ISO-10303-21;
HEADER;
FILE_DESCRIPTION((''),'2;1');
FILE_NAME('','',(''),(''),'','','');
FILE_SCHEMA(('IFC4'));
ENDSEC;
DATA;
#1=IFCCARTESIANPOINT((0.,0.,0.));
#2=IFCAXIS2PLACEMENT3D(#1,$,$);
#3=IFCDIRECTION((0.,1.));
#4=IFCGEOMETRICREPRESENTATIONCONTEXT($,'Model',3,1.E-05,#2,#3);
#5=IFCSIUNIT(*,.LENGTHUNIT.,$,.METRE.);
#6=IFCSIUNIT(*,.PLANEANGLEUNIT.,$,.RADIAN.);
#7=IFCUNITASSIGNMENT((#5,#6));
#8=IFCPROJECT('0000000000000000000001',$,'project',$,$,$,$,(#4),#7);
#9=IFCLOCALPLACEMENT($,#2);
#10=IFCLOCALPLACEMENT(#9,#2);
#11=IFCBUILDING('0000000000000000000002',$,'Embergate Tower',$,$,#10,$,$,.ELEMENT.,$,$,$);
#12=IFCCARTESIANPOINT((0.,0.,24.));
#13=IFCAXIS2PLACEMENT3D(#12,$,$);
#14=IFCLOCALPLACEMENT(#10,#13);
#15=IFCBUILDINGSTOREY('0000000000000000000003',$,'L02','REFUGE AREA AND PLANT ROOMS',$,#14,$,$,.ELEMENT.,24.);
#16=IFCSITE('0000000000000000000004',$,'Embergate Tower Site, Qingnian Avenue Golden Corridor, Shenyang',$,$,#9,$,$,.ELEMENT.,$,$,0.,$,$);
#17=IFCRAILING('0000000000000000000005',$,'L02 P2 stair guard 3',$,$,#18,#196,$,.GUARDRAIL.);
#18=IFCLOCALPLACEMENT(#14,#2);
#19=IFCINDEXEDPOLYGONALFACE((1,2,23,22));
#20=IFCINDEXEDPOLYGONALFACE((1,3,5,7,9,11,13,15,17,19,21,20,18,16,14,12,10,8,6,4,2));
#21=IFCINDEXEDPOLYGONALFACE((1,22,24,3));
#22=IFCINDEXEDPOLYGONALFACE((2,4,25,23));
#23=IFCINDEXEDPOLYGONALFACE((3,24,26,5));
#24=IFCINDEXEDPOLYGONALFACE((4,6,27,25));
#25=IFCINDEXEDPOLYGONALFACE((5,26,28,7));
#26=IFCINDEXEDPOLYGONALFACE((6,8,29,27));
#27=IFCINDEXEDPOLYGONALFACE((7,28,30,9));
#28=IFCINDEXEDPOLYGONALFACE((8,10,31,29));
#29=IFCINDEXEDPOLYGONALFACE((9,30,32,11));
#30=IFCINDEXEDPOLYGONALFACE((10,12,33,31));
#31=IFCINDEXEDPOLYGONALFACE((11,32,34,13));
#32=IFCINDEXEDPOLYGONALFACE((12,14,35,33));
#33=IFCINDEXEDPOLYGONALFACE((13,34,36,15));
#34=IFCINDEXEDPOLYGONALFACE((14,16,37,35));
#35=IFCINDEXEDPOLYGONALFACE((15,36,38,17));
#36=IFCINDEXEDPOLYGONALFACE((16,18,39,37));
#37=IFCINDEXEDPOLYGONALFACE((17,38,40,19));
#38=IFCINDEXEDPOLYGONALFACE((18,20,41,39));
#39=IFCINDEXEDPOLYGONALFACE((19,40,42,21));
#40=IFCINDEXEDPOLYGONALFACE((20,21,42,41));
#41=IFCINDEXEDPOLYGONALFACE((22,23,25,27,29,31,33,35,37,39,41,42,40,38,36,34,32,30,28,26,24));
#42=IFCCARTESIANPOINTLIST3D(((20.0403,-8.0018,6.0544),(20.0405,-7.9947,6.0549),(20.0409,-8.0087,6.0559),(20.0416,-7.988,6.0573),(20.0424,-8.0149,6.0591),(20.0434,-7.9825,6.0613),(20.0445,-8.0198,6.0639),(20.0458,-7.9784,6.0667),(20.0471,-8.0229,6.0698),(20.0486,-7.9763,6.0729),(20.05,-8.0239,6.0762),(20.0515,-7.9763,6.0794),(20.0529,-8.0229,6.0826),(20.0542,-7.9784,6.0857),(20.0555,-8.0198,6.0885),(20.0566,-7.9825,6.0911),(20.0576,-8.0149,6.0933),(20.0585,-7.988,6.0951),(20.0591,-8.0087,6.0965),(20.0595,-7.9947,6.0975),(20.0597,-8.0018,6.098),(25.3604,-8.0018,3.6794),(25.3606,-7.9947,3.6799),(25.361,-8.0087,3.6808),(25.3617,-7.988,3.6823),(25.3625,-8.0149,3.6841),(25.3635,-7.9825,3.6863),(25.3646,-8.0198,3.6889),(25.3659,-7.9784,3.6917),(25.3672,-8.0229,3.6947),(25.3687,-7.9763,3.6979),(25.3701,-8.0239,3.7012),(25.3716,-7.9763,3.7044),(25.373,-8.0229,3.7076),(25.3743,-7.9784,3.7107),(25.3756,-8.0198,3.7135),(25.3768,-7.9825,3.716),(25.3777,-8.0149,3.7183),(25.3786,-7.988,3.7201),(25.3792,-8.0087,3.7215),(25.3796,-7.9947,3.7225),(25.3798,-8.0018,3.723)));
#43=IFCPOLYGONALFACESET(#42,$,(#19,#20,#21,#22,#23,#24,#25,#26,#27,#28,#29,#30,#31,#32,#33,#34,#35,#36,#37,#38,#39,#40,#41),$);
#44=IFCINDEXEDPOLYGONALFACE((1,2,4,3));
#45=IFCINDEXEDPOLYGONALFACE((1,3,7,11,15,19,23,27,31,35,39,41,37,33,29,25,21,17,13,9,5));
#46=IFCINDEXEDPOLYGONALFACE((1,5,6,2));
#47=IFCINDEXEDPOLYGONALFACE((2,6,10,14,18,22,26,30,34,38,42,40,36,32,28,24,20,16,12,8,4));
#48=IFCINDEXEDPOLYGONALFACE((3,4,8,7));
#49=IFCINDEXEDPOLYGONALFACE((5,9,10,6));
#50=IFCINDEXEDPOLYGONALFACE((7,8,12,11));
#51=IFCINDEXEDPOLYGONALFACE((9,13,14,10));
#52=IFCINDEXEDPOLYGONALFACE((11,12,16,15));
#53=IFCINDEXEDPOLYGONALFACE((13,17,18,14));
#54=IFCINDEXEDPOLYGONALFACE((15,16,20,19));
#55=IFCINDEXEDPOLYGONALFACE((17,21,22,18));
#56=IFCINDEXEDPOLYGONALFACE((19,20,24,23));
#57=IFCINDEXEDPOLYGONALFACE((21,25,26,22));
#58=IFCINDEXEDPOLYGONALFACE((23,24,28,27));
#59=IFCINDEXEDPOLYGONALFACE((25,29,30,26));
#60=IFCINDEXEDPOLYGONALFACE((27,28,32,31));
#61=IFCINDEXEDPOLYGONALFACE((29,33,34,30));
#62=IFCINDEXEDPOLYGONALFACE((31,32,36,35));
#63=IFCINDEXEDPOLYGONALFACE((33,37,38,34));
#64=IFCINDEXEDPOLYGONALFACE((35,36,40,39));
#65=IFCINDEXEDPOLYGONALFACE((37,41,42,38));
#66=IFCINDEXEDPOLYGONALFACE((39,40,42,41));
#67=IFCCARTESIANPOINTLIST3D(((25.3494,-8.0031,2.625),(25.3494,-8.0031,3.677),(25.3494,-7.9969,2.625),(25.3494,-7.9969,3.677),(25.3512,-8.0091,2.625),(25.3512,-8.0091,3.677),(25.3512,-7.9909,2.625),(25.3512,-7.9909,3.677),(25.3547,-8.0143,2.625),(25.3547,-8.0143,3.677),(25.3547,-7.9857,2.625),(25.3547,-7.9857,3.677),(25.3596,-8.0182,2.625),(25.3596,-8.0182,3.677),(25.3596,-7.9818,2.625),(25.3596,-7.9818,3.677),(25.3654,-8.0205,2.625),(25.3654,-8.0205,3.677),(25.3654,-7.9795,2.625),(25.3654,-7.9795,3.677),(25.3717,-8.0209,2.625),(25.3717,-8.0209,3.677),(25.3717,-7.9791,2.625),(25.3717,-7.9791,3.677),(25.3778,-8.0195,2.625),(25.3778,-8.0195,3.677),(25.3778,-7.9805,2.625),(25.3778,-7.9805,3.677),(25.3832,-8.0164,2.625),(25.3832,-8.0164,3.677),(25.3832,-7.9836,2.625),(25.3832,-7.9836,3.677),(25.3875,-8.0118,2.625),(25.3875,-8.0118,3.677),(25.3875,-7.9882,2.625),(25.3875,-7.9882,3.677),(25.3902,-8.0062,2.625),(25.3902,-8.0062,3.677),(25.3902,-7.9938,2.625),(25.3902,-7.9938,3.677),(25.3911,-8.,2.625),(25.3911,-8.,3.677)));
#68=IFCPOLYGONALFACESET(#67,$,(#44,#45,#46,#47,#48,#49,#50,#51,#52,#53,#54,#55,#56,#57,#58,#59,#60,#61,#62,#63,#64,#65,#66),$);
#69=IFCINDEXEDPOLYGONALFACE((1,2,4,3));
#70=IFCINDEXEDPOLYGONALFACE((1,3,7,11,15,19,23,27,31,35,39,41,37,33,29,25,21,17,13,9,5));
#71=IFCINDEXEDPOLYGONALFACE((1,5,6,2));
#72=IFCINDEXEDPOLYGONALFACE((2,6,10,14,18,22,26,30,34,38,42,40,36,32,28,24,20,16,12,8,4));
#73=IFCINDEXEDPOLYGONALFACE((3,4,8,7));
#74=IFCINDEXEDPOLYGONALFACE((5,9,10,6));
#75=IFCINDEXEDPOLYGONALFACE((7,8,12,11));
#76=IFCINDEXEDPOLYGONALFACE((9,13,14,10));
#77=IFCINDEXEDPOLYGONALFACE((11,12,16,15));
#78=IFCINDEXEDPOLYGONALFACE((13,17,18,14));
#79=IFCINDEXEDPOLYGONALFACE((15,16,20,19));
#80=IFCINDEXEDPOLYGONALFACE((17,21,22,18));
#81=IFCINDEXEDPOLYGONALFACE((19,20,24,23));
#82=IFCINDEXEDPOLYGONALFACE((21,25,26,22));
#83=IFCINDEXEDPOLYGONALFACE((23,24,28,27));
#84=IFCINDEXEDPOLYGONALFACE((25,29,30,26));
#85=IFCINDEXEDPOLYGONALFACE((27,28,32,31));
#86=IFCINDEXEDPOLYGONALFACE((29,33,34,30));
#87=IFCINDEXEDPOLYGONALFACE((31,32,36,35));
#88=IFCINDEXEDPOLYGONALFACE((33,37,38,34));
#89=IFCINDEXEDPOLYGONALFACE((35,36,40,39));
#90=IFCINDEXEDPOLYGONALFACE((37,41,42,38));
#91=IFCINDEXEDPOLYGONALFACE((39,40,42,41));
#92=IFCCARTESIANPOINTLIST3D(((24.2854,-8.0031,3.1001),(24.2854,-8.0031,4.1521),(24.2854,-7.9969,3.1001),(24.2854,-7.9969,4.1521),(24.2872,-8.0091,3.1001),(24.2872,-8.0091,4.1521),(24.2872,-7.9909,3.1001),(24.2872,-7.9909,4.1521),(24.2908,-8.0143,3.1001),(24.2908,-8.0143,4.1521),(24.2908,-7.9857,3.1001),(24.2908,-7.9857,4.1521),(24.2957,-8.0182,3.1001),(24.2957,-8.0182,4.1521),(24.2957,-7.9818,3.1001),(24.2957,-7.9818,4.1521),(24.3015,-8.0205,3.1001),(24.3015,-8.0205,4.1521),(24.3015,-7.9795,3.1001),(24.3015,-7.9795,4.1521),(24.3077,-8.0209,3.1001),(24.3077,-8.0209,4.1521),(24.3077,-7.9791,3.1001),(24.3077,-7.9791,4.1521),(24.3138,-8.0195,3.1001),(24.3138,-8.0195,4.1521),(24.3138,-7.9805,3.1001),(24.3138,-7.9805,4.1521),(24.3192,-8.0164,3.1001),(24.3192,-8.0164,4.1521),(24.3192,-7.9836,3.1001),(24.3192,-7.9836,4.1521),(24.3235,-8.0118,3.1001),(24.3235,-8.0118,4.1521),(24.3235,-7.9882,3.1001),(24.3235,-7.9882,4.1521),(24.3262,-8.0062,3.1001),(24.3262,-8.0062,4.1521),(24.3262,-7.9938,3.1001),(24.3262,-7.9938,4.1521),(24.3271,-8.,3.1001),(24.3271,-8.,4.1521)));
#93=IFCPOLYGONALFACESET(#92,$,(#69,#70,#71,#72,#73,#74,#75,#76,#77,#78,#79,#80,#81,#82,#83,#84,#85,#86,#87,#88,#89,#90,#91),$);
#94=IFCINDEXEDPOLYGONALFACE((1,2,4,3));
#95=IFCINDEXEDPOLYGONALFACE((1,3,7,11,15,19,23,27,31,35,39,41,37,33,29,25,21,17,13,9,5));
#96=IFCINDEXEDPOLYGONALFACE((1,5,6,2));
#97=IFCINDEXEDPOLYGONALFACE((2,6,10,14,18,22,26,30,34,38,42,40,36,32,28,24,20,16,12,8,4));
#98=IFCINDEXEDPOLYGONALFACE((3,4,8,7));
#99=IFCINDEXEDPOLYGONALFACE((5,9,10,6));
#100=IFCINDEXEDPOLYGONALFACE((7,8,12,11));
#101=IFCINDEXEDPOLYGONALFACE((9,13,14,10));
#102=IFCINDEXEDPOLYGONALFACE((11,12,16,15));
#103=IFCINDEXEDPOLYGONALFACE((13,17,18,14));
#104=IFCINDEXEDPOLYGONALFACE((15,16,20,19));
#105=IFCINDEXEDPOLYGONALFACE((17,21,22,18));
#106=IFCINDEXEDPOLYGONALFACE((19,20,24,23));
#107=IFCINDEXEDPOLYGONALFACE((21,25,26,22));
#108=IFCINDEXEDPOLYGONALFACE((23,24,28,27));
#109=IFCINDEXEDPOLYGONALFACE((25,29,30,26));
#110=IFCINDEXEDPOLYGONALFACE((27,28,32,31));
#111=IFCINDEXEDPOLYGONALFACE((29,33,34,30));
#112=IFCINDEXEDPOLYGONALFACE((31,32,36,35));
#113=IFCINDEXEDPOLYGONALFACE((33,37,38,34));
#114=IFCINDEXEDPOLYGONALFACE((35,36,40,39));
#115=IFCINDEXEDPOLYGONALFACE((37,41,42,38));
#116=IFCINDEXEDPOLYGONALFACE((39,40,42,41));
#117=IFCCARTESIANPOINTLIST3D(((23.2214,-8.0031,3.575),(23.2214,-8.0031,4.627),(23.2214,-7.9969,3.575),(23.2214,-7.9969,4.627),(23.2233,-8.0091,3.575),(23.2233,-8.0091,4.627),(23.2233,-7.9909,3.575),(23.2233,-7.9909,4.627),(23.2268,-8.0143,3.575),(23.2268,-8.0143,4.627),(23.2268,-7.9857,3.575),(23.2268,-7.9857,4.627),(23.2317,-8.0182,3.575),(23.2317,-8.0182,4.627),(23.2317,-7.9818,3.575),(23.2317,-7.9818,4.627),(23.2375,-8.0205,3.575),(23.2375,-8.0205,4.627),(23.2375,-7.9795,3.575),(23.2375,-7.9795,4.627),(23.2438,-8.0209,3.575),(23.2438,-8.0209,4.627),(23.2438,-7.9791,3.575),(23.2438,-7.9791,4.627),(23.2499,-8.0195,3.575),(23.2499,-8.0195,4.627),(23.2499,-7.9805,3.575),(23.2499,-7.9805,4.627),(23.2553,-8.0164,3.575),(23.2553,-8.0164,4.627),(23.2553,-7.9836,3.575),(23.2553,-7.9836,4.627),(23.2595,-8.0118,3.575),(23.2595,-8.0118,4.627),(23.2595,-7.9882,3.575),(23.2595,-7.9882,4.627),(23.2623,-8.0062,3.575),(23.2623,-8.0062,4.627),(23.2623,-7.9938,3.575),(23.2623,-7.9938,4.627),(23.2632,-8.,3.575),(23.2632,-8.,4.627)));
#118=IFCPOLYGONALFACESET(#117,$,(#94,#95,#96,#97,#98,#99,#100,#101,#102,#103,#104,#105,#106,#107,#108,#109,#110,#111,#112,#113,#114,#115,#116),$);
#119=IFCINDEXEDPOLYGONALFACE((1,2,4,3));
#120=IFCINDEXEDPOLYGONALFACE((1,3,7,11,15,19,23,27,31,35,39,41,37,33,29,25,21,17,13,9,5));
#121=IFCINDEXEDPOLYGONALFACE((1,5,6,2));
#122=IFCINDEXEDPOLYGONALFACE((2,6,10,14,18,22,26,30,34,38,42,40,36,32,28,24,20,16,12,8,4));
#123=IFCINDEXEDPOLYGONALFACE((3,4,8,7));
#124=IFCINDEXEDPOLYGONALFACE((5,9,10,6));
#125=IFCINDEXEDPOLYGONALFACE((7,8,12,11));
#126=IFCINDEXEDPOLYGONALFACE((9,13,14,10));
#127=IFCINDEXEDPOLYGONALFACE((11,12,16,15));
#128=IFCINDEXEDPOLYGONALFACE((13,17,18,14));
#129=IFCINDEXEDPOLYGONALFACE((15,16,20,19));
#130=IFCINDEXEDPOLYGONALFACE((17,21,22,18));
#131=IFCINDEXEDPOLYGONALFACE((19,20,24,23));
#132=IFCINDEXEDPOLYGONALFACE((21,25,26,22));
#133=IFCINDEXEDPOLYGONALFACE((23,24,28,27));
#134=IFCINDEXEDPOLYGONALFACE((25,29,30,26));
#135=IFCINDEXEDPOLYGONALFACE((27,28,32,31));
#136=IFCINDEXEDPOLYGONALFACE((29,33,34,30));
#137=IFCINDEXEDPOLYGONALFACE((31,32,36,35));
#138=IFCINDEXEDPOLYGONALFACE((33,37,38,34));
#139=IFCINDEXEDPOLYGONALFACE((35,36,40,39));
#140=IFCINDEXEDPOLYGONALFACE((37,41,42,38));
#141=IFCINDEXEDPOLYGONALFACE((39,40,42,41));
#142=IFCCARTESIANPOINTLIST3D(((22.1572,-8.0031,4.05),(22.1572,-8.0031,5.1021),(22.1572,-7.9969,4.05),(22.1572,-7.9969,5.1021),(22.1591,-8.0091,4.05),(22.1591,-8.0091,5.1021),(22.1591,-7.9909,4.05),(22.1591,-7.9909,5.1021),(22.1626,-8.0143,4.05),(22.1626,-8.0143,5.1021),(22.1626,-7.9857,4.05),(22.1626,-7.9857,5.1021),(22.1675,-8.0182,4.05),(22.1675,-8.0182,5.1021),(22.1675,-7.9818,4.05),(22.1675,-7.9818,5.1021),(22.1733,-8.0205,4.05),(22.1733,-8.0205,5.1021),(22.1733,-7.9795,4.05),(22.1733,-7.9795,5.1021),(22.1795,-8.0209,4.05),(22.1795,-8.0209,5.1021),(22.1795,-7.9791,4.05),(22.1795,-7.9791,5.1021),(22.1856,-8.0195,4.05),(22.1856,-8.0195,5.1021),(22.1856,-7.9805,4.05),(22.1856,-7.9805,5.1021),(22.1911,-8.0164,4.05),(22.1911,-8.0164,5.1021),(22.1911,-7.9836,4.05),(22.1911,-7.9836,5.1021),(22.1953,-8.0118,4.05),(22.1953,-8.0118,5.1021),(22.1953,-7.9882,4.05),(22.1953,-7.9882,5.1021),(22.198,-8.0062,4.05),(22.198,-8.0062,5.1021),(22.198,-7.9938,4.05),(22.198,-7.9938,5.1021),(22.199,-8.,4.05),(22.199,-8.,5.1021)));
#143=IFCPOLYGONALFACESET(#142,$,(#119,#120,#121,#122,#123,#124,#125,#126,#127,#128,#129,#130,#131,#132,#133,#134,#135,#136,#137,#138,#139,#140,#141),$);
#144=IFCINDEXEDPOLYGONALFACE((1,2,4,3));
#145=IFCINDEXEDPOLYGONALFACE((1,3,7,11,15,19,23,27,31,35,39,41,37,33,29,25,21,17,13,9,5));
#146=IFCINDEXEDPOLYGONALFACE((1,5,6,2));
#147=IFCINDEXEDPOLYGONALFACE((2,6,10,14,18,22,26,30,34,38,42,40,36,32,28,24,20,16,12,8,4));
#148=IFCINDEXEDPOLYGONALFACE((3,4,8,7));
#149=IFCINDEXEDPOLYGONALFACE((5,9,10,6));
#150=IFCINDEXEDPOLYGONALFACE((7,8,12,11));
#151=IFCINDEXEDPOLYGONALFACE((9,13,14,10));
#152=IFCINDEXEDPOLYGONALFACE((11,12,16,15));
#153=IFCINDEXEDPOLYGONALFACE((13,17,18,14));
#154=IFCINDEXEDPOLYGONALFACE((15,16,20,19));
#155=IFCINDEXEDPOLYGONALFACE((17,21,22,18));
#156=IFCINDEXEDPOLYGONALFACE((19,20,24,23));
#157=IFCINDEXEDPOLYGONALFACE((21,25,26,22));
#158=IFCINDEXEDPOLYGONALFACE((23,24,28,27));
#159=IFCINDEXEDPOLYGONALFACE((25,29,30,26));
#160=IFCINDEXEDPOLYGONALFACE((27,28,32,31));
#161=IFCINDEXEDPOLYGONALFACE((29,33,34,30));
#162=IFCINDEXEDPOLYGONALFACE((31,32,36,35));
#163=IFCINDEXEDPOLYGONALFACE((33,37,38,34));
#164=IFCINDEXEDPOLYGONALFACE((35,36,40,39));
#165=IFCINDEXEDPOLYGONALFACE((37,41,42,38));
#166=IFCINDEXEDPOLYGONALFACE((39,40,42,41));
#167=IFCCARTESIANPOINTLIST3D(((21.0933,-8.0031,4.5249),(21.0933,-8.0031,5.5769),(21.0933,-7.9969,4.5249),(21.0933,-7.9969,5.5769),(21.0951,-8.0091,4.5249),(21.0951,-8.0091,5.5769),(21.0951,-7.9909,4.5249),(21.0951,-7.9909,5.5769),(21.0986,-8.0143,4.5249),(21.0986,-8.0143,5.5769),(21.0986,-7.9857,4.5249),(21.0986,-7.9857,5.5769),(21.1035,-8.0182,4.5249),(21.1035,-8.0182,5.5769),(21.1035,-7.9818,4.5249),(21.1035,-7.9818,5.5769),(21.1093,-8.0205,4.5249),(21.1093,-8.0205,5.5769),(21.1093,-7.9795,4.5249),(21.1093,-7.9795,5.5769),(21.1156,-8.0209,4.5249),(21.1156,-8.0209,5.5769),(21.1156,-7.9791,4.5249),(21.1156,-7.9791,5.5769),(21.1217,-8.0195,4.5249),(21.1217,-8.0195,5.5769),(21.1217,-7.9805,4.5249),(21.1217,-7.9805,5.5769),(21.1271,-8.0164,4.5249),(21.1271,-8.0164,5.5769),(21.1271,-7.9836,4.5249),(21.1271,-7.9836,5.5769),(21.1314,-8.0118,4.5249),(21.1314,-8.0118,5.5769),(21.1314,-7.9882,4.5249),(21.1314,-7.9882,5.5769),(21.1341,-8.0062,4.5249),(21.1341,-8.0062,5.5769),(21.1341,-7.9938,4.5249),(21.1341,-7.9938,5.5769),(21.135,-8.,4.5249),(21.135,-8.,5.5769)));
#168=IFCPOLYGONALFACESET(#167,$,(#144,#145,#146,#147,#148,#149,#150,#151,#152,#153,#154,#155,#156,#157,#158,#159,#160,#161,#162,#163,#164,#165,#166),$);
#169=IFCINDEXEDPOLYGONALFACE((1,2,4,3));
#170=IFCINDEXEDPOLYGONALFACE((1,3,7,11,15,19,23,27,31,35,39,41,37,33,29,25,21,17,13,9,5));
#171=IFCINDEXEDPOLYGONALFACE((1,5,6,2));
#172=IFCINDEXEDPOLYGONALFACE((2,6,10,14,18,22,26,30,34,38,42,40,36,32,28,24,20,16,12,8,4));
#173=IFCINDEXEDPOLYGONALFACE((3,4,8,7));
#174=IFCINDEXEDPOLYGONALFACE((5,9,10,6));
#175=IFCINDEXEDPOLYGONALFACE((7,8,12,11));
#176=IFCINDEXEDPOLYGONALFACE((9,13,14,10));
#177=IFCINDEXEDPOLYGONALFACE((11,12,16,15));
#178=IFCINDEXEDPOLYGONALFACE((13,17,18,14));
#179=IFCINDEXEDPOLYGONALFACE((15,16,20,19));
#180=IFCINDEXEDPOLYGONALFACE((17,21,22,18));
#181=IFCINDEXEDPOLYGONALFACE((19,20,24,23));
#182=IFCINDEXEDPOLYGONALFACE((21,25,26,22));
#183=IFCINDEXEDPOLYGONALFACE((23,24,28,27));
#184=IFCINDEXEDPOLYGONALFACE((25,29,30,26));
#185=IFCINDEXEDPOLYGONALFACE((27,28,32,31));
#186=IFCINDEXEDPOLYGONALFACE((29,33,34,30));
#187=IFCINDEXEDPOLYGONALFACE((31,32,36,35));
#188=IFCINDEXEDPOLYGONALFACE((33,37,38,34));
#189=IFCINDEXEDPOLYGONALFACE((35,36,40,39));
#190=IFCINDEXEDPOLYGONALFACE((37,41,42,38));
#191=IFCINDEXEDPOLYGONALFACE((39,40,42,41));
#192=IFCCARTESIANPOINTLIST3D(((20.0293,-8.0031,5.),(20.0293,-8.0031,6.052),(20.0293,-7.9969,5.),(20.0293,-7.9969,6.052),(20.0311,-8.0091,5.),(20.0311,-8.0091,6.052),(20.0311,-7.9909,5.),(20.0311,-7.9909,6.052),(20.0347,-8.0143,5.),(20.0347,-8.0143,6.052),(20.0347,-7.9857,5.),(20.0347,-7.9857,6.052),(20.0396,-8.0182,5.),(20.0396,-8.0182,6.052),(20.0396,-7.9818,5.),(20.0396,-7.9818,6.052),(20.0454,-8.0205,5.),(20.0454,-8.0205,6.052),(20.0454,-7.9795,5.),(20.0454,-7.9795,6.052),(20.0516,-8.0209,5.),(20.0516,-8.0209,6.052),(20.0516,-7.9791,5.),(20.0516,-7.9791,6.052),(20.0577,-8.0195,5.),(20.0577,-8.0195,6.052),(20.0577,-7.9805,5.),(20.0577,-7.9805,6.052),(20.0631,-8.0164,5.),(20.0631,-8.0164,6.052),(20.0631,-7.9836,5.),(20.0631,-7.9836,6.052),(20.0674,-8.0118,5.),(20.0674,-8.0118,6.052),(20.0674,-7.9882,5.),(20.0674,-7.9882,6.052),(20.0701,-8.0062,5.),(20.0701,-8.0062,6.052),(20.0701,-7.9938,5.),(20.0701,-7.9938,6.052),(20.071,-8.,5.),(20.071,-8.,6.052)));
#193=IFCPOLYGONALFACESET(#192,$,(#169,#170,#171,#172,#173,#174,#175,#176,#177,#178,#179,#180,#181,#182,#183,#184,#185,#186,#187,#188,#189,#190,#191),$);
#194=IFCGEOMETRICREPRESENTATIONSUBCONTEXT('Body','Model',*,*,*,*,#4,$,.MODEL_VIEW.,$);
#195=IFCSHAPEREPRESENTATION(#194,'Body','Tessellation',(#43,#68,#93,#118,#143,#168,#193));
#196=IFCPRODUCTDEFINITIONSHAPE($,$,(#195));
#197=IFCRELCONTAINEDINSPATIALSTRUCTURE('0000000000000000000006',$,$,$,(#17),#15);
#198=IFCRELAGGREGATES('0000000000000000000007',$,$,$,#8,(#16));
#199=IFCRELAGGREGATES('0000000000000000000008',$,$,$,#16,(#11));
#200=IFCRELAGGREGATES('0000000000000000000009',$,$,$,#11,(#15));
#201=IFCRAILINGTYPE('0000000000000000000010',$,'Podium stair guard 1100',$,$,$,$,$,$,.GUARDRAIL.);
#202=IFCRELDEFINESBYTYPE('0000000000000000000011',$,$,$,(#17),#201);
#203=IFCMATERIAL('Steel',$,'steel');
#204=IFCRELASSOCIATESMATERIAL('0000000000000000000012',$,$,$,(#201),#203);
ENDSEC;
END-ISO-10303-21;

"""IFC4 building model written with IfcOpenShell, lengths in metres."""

from ifc_helpers import new_model, si_unit, direction, frame, origin, origin_2d, place, context, subcontext, project, spatial, circle, extrude, source, transform, mapped, material, type_object, element, save


model = new_model("IFC4")

# Units and contexts
model_context = context("Model", 3, precision=1e-05, world=origin(), true_north=direction((0.0, 1.0)))
body_context = subcontext(model_context, "Body", "Model", "MODEL_VIEW")
ifc_project = project(units=[si_unit("LENGTHUNIT", "METRE"), si_unit("PLANEANGLEUNIT", "RADIAN")], contexts=[model_context])

# Site, building, storey
site_placement = place(None, origin())
site = spatial("IfcSite", under=ifc_project, at=site_placement, Name="Embergate Tower Site, Qingnian Avenue Golden Corridor, Shenyang", CompositionType="ELEMENT", RefElevation=0.0)
building_placement = place(site_placement, origin())
building = spatial("IfcBuilding", under=site, at=building_placement, Name="Embergate Tower", CompositionType="ELEMENT")
storey_placement = place(building_placement, frame((0.0, 0.0, 24.0)))
storey = spatial("IfcBuildingStorey", under=building, at=storey_placement, Name="L02", Description="REFUGE AREA AND PLANT ROOMS", CompositionType="ELEMENT", Elevation=24.0)

# Railing
ifc_material_1 = material(Name="Steel", Category="steel")
railing_type_1 = type_object("IfcRailingType", Name="Podium stair guard 1100", PredefinedType="GUARDRAIL", material=ifc_material_1)
shared_shape_1 = source(origin(), body_context, "Body", "SweptSolid", [
    extrude(circle(Radius=0.0239, at=origin_2d()), frame((0.0, 0.0, 1.0762), z_axis=(-0.91314, 0.0, 0.407646), x_axis=(0.0, -1.0, 0.0)), (0.0, 0.0, 1.0), 5.8262),
    extrude(circle(Radius=0.021, at=origin_2d()), origin(), (0.0, 0.0, 1.0), 1.052),
    extrude(circle(Radius=0.021, at=origin_2d()), frame((-1.064, 0.0, 0.4751)), (0.0, 0.0, 1.0), 1.052),
    extrude(circle(Radius=0.021, at=origin_2d()), frame((-2.1279, 0.0, 0.95)), (0.0, 0.0, 1.0), 1.052),
    extrude(circle(Radius=0.021, at=origin_2d()), frame((-3.1921, 0.0, 1.425)), (0.0, 0.0, 1.0), 1.052),
    extrude(circle(Radius=0.021, at=origin_2d()), frame((-4.2561, 0.0, 1.8999)), (0.0, 0.0, 1.0), 1.052),
    extrude(circle(Radius=0.021, at=origin_2d()), frame((-5.3201, 0.0, 2.375)), (0.0, 0.0, 1.0), 1.052),
])
railing_1_placement = place(storey_placement, frame((25.3701, -8.0, 2.625)))
element("IfcRailing", 1, at=railing_1_placement, inside=storey, type_object=railing_type_1, Name="L02 P2 stair guard 3", PredefinedType="GUARDRAIL", context=body_context, shape_type="MappedRepresentation", body=[
    mapped(shared_shape_1, transform((0.0, 0.0, 0.0))),
])

save(model, "model.ifc")
